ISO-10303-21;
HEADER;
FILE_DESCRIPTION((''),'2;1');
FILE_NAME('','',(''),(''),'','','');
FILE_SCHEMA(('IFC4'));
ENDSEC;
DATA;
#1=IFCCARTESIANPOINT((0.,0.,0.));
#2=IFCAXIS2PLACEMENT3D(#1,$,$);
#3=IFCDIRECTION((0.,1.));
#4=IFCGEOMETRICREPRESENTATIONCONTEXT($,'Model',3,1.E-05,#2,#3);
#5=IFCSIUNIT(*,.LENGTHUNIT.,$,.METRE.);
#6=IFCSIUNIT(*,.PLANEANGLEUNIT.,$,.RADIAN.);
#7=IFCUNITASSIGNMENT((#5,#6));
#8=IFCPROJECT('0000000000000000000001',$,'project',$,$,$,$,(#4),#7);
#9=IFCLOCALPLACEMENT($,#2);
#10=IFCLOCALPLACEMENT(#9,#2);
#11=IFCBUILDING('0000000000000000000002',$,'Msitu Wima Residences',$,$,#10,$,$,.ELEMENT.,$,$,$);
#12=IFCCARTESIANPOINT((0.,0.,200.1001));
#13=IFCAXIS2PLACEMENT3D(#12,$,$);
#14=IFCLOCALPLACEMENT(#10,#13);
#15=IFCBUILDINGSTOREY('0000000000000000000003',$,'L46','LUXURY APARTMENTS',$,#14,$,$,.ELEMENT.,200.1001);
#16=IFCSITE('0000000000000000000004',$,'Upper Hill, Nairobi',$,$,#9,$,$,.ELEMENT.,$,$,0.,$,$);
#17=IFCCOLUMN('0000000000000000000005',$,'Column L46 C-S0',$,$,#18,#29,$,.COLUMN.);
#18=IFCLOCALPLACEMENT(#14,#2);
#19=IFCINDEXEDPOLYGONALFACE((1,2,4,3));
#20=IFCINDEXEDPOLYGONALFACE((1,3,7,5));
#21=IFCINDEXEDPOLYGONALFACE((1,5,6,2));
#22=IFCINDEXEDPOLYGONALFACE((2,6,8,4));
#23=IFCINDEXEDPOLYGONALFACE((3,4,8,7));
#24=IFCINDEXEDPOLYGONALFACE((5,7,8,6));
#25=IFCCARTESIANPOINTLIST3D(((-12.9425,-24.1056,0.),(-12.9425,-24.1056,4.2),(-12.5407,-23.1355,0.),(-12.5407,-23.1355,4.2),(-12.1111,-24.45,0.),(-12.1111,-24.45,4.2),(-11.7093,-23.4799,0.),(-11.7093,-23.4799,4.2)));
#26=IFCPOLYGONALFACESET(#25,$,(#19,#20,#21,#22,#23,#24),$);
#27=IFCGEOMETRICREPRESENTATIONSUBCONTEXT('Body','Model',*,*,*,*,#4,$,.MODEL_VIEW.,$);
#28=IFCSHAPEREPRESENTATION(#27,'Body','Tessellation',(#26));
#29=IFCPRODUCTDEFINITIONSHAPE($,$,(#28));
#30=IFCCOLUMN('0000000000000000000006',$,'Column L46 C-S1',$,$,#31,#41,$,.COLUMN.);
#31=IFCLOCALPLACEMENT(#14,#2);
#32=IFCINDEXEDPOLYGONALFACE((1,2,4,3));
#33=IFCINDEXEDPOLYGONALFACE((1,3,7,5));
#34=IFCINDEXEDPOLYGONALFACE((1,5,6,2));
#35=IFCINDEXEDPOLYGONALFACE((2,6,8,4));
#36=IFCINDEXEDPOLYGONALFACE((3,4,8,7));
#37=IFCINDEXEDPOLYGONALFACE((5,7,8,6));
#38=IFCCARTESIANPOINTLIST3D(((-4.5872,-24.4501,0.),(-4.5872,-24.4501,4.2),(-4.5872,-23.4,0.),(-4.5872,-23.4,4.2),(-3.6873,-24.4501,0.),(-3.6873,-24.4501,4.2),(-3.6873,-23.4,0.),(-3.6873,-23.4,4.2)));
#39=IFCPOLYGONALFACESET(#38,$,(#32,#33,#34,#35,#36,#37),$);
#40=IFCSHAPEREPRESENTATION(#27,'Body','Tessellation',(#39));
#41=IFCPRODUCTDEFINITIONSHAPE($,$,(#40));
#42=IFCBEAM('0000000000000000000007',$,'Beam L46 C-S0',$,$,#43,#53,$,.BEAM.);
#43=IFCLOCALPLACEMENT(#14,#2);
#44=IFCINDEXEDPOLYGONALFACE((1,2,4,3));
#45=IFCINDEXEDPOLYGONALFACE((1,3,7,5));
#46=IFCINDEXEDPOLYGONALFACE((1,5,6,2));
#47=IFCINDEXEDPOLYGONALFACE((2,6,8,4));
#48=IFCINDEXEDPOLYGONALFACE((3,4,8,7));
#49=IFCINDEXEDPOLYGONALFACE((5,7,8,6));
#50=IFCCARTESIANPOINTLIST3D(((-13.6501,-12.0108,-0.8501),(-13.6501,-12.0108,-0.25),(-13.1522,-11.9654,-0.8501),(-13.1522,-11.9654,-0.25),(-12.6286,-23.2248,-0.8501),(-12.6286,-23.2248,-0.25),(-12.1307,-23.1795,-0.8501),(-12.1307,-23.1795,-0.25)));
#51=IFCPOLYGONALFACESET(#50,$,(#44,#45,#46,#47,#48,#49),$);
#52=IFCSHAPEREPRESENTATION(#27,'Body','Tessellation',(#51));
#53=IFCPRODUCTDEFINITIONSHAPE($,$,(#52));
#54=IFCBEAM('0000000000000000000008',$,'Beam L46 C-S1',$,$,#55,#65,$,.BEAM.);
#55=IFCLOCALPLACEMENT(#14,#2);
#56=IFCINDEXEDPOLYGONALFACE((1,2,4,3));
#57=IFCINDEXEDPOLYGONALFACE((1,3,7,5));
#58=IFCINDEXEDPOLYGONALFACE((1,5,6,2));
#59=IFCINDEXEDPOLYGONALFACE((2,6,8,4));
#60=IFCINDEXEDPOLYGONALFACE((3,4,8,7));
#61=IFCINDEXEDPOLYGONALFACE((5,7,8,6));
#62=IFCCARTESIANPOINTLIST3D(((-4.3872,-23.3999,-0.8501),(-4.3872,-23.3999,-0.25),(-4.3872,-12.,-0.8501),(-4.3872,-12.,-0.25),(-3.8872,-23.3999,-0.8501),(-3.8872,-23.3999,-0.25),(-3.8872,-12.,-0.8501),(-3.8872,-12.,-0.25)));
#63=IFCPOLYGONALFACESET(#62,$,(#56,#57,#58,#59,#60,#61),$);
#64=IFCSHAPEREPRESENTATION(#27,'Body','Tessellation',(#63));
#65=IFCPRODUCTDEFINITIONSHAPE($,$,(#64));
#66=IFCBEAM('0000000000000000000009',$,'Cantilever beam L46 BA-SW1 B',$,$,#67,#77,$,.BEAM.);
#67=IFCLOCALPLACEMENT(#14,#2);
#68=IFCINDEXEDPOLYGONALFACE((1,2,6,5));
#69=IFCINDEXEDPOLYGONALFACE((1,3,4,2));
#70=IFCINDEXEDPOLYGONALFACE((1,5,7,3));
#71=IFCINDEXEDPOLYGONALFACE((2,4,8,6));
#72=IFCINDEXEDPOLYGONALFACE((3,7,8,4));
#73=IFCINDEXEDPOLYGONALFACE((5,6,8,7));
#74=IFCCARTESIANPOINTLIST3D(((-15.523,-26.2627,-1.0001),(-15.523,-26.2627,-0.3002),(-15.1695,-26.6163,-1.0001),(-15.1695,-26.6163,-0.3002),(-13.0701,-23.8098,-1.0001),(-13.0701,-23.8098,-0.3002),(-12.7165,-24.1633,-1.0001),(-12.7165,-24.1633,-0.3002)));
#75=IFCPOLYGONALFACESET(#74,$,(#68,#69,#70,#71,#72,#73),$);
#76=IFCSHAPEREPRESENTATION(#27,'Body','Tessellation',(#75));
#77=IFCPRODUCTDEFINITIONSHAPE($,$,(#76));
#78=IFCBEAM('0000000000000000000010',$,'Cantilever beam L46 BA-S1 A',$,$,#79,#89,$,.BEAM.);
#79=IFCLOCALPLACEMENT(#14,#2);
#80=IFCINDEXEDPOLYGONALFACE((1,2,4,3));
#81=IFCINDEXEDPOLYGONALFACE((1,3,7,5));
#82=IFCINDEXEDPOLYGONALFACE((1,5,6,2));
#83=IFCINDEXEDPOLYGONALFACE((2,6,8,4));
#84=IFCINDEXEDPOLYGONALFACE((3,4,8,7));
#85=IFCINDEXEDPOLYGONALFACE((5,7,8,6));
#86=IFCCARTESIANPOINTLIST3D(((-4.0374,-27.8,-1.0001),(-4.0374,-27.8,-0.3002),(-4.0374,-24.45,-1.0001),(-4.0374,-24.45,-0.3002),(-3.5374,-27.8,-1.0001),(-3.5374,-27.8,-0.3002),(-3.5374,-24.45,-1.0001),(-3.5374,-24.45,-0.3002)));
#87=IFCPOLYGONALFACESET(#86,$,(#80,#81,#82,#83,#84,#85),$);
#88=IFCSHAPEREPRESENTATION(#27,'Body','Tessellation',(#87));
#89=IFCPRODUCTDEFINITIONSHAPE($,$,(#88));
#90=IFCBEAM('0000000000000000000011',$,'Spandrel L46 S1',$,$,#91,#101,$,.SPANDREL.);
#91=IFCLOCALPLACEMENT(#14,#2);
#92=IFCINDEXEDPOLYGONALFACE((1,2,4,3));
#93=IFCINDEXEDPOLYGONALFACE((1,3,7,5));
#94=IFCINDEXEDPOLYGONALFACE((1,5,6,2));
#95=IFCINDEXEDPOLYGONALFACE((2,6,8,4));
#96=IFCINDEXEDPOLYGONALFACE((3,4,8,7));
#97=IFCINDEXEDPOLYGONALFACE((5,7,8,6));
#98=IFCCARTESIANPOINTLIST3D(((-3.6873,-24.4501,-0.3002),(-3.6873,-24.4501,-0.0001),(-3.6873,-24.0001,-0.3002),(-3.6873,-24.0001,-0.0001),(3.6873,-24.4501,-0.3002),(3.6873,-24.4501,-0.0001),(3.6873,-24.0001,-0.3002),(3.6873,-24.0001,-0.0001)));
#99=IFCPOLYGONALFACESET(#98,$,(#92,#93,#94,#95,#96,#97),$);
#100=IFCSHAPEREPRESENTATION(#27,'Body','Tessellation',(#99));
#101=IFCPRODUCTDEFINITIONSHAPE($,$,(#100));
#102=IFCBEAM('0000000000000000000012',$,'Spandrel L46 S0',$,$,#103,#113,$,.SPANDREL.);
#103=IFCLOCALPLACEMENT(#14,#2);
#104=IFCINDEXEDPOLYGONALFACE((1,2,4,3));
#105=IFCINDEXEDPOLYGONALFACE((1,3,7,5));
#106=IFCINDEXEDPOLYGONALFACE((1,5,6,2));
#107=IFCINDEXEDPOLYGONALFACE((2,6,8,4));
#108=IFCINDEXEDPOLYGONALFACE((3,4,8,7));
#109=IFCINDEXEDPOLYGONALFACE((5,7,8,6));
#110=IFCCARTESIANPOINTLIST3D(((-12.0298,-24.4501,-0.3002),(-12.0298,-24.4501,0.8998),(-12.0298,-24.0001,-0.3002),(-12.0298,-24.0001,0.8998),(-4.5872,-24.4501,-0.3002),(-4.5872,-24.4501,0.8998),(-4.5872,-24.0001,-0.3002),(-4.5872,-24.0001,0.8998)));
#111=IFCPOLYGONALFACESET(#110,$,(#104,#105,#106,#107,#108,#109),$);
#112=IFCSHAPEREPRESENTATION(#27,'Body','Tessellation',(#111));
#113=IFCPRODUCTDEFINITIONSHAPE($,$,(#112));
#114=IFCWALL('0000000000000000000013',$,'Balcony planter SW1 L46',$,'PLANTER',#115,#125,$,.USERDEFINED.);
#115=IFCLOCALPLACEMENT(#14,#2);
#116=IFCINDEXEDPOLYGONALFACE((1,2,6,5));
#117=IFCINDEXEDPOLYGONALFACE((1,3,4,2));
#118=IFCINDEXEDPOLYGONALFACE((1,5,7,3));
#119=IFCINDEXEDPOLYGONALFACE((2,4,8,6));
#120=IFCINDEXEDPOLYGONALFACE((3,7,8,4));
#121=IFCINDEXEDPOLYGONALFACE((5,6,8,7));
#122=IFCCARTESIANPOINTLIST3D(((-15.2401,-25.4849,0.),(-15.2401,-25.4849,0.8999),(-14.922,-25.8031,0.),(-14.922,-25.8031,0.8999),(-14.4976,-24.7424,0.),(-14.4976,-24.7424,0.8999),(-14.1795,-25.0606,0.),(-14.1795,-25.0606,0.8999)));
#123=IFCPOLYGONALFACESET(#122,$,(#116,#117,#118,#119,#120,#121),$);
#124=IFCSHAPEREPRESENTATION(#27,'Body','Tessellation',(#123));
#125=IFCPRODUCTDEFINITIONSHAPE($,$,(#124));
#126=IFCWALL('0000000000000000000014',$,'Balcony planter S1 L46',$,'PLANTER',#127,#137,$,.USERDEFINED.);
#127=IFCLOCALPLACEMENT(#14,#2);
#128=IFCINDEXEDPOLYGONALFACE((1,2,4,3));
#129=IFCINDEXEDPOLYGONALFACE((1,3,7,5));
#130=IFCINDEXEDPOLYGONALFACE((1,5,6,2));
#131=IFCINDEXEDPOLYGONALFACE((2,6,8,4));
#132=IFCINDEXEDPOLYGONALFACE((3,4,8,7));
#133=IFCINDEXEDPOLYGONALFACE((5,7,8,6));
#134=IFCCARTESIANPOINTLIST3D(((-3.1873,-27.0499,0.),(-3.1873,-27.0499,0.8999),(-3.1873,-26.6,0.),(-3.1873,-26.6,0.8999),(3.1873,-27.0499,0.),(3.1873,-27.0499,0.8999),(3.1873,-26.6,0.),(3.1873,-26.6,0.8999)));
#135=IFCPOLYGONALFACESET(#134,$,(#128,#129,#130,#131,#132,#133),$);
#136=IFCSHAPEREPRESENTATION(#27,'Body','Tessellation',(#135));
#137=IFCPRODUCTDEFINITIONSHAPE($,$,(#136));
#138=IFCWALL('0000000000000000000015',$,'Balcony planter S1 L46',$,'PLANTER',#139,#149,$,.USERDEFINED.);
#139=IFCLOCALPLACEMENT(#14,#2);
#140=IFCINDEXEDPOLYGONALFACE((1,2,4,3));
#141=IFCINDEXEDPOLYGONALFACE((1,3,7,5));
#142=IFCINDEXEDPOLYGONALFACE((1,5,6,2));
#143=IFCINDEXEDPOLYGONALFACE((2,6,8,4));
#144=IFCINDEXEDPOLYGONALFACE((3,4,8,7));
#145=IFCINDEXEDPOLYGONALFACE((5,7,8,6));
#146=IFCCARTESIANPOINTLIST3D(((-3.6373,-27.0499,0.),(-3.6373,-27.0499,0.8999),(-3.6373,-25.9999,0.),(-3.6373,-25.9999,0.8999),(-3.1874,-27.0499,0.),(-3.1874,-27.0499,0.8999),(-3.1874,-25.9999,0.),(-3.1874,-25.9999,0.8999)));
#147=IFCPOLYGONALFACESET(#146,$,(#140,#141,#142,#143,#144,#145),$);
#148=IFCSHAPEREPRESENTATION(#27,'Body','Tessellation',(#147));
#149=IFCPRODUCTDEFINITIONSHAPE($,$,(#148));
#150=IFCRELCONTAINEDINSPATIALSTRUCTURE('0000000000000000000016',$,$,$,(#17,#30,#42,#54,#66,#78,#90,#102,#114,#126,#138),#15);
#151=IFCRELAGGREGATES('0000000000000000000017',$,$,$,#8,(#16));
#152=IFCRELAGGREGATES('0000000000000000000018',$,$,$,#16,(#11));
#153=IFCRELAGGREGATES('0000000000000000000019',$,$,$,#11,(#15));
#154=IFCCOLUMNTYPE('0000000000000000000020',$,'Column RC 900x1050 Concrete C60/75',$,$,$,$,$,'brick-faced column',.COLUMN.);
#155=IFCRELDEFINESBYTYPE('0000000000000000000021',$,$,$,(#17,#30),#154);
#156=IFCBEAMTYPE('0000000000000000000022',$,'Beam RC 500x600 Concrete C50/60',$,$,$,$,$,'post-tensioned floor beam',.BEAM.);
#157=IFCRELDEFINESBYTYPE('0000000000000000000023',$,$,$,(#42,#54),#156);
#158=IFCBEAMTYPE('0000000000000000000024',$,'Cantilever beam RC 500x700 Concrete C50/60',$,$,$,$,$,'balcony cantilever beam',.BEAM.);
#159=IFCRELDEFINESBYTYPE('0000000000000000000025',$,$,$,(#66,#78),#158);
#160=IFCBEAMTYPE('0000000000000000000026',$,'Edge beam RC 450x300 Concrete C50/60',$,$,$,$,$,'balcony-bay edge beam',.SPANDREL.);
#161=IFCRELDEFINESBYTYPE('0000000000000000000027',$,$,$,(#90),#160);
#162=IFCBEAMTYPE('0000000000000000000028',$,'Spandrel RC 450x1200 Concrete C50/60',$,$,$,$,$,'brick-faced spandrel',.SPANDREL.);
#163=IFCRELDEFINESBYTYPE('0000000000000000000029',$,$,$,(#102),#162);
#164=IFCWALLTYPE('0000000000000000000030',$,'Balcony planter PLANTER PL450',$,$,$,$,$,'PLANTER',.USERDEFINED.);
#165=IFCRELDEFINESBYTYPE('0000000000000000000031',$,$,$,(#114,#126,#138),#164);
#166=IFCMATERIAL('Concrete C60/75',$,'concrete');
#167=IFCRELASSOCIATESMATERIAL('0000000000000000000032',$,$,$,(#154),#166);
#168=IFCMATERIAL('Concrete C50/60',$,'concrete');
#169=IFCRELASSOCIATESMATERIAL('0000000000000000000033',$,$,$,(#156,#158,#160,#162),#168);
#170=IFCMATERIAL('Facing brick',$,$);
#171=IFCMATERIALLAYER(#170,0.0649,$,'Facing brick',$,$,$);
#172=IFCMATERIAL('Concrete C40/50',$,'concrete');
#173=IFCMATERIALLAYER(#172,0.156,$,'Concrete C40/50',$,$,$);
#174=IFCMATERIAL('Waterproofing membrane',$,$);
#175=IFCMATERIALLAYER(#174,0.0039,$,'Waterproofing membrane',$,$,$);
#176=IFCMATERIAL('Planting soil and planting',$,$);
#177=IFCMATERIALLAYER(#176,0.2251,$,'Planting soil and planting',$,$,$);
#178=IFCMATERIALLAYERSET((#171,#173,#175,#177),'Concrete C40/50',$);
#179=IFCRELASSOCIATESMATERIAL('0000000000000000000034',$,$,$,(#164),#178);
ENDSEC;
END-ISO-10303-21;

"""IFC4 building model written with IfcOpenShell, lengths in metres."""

from ifc_helpers import new_model, si_unit, direction, frame, frame_2d, origin, origin_2d, place, context, subcontext, project, spatial, rectangle, extrude, material, layer, layer_set, material_profile, profile_set, type_object, element, save


model = new_model("IFC4")

# Units and contexts
model_context = context("Model", 3, precision=1e-05, world=origin(), true_north=direction((0.0, 1.0)))
body_context = subcontext(model_context, "Body", "Model", "MODEL_VIEW")
ifc_project = project(units=[si_unit("LENGTHUNIT", "METRE"), si_unit("PLANEANGLEUNIT", "RADIAN")], contexts=[model_context])

# Site, building, storey
site_placement = place(None, origin())
site = spatial("IfcSite", under=ifc_project, at=site_placement, Name="Upper Hill, Nairobi", CompositionType="ELEMENT", RefElevation=0.0)
building_placement = place(site_placement, origin())
building = spatial("IfcBuilding", under=site, at=building_placement, Name="Msitu Wima Residences", CompositionType="ELEMENT")
storey_placement = place(building_placement, frame((0.0, 0.0, 200.1001)))
storey = spatial("IfcBuildingStorey", under=building, at=storey_placement, Name="L46", Description="LUXURY APARTMENTS", CompositionType="ELEMENT", Elevation=200.1001)

# Columns
ifc_material_1 = material(Name="Concrete C60/75", Category="concrete")
ifc_material_profile_1 = material_profile(ifc_material_1, rectangle(XDim=0.8999, YDim=1.05, at=origin_2d()), Name="RC 900x1050")
ifc_profile_set_1 = profile_set([ifc_material_profile_1], Name="Concrete C60/75")
column_type = type_object("IfcColumnType", Name="Column RC 900x1050 Concrete C60/75", ElementType="brick-faced column", PredefinedType="COLUMN", material=ifc_profile_set_1)
for number, where, z_axis, x_axis, name in (
    (1, (-12.3259, -23.7927, 0.0), (0.0, 0.0, 1.0), (0.92388, -0.382683, 0.0), "Column L46 C-S0"),
    (2, (-4.1372, -23.925, 0.0), (0.0, 0.0, 1.0), (1.0, 0.0, 0.0), "Column L46 C-S1"),
):
    element("IfcColumn", number, at=place(storey_placement, frame(where, z_axis=z_axis, x_axis=x_axis)), inside=storey, type_object=column_type, Name=name, PredefinedType="COLUMN", context=body_context, shape_type="SweptSolid", body=[
        extrude(rectangle(XDim=0.8999, YDim=1.05, at=origin_2d()), origin(), (0.0, 0.0, 1.0), 4.2),
    ])

# Beams
ifc_material_2 = material(Name="Concrete C50/60", Category="concrete")
ifc_material_profile_2 = material_profile(ifc_material_2, rectangle(XDim=0.5, YDim=0.6001, at=origin_2d()), Name="RC 500x600")
ifc_profile_set_2 = profile_set([ifc_material_profile_2], Name="Concrete C50/60")
beam_type_1 = type_object("IfcBeamType", Name="Beam RC 500x600 Concrete C50/60", ElementType="post-tensioned floor beam", PredefinedType="BEAM", material=ifc_profile_set_2)
beam_1_placement = place(storey_placement, frame((-12.3796, -23.2021, -0.55), z_axis=(-0.090714, 0.995877, 0.0), x_axis=(-0.995877, -0.090714, 0.0)))
element("IfcBeam", 3, at=beam_1_placement, inside=storey, type_object=beam_type_1, Name="Beam L46 C-S0", PredefinedType="BEAM", context=body_context, shape_type="SweptSolid", body=[
    extrude(rectangle(XDim=0.5, YDim=0.6001, at=origin_2d()), origin(), (0.0, 0.0, 1.0), 11.2605),
])
beam_2_placement = place(storey_placement, frame((-4.1372, -23.3999, -0.55), z_axis=(0.0, 1.0, 0.0), x_axis=(-1.0, 0.0, 0.0)))
element("IfcBeam", 4, at=beam_2_placement, inside=storey, type_object=beam_type_1, Name="Beam L46 C-S1", PredefinedType="BEAM", context=body_context, shape_type="SweptSolid", body=[
    extrude(rectangle(XDim=0.5, YDim=0.6001, at=origin_2d()), origin(), (0.0, 0.0, 1.0), 11.3999),
])
ifc_material_profile_3 = material_profile(ifc_material_2, rectangle(XDim=0.5, YDim=0.7, at=origin_2d()), Name="RC 500x700")
ifc_profile_set_3 = profile_set([ifc_material_profile_3], Name="Concrete C50/60")
beam_type_2 = type_object("IfcBeamType", Name="Cantilever beam RC 500x700 Concrete C50/60", ElementType="balcony cantilever beam", PredefinedType="BEAM", material=ifc_profile_set_3)
beam_3_placement = place(storey_placement, frame((-12.8933, -23.9866, -0.6501), z_axis=(-0.707107, -0.707107, 0.0), x_axis=(0.707107, -0.707107, 0.0)))
element("IfcBeam", 5, at=beam_3_placement, inside=storey, type_object=beam_type_2, Name="Cantilever beam L46 BA-SW1 B", PredefinedType="BEAM", context=body_context, shape_type="SweptSolid", body=[
    extrude(rectangle(XDim=0.5, YDim=0.7, at=origin_2d()), origin(), (0.0, 0.0, 1.0), 3.469),
])
beam_4_placement = place(storey_placement, frame((-3.7874, -24.45, -0.6501), z_axis=(0.0, -1.0, 0.0), x_axis=(1.0, 0.0, 0.0)))
element("IfcBeam", 6, at=beam_4_placement, inside=storey, type_object=beam_type_2, Name="Cantilever beam L46 BA-S1 A", PredefinedType="BEAM", context=body_context, shape_type="SweptSolid", body=[
    extrude(rectangle(XDim=0.5, YDim=0.7, at=origin_2d()), origin(), (0.0, 0.0, 1.0), 3.3501),
])
ifc_material_profile_4 = material_profile(ifc_material_2, rectangle(XDim=0.45, YDim=0.3, at=origin_2d()), Name="RC 450x300")
ifc_profile_set_4 = profile_set([ifc_material_profile_4], Name="Concrete C50/60")
beam_type_3 = type_object("IfcBeamType", Name="Edge beam RC 450x300 Concrete C50/60", ElementType="balcony-bay edge beam", PredefinedType="SPANDREL", material=ifc_profile_set_4)
beam_5_placement = place(storey_placement, frame((-3.6873, -24.2251, -0.1501), z_axis=(1.0, 0.0, 0.0), x_axis=(0.0, 1.0, 0.0)))
element("IfcBeam", 7, at=beam_5_placement, inside=storey, type_object=beam_type_3, Name="Spandrel L46 S1", PredefinedType="SPANDREL", context=body_context, shape_type="SweptSolid", body=[
    extrude(rectangle(XDim=0.45, YDim=0.3, at=origin_2d()), origin(), (0.0, 0.0, 1.0), 7.3745),
])
ifc_material_profile_5 = material_profile(ifc_material_2, rectangle(XDim=0.45, YDim=1.2, at=origin_2d()), Name="RC 450x1200")
ifc_profile_set_5 = profile_set([ifc_material_profile_5], Name="Concrete C50/60")
beam_type_4 = type_object("IfcBeamType", Name="Spandrel RC 450x1200 Concrete C50/60", ElementType="brick-faced spandrel", PredefinedType="SPANDREL", material=ifc_profile_set_5)
beam_6_placement = place(storey_placement, frame((-12.0298, -24.2251, 0.2998), z_axis=(1.0, 0.0, 0.0), x_axis=(0.0, 1.0, 0.0)))
element("IfcBeam", 8, at=beam_6_placement, inside=storey, type_object=beam_type_4, Name="Spandrel L46 S0", PredefinedType="SPANDREL", context=body_context, shape_type="SweptSolid", body=[
    extrude(rectangle(XDim=0.45, YDim=1.2, at=origin_2d()), origin(), (0.0, 0.0, 1.0), 7.4426),
])

# Walls
ifc_material_3 = material(Name="Facing brick")
ifc_layer_1 = layer(ifc_material_3, 0.0649, Name="Facing brick")
ifc_material_4 = material(Name="Concrete C40/50", Category="concrete")
ifc_layer_2 = layer(ifc_material_4, 0.156, Name="Concrete C40/50")
ifc_material_5 = material(Name="Waterproofing membrane")
ifc_layer_3 = layer(ifc_material_5, 0.0039, Name="Waterproofing membrane")
ifc_material_6 = material(Name="Planting soil and planting")
ifc_layer_4 = layer(ifc_material_6, 0.2251, Name="Planting soil and planting")
ifc_layer_set_1 = layer_set([ifc_layer_1, ifc_layer_2, ifc_layer_3, ifc_layer_4], Name="Concrete C40/50")
wall_type_1 = type_object("IfcWallType", Name="Balcony planter PLANTER PL450", ElementType="PLANTER", PredefinedType="USERDEFINED", material=ifc_layer_set_1)
wall_1_placement = place(storey_placement, frame((-14.3386, -24.9016, 0.0), z_axis=(0.0, 0.0, 1.0), x_axis=(-0.707107, -0.707107, 0.0)))
element("IfcWall", 9, at=wall_1_placement, inside=storey, type_object=wall_type_1, Name="Balcony planter SW1 L46", ObjectType="PLANTER", PredefinedType="USERDEFINED", context=body_context, shape_type="SweptSolid", body=[
    extrude(rectangle(XDim=1.05, YDim=0.45, at=frame_2d((0.5249, 0.0))), origin(), (0.0, 0.0, 1.0), 0.8999),
])
wall_2_placement = place(storey_placement, frame((-3.1873, -26.825, 0.0), z_axis=(0.0, 0.0, 1.0), x_axis=(1.0, 0.0, 0.0)))
element("IfcWall", 10, at=wall_2_placement, inside=storey, type_object=wall_type_1, Name="Balcony planter S1 L46", ObjectType="PLANTER", PredefinedType="USERDEFINED", context=body_context, shape_type="SweptSolid", body=[
    extrude(rectangle(XDim=6.3745, YDim=0.45, at=frame_2d((3.1873, 0.0))), origin(), (0.0, 0.0, 1.0), 0.8999),
])
wall_3_placement = place(storey_placement, frame((-3.4124, -26.0, 0.0), z_axis=(0.0, 0.0, 1.0), x_axis=(0.0, -1.0, 0.0)))
element("IfcWall", 11, at=wall_3_placement, inside=storey, type_object=wall_type_1, Name="Balcony planter S1 L46", ObjectType="PLANTER", PredefinedType="USERDEFINED", context=body_context, shape_type="SweptSolid", body=[
    extrude(rectangle(XDim=1.05, YDim=0.45, at=frame_2d((0.5249, 0.0))), origin(), (0.0, 0.0, 1.0), 0.8999),
])

save(model, "model.ifc")
